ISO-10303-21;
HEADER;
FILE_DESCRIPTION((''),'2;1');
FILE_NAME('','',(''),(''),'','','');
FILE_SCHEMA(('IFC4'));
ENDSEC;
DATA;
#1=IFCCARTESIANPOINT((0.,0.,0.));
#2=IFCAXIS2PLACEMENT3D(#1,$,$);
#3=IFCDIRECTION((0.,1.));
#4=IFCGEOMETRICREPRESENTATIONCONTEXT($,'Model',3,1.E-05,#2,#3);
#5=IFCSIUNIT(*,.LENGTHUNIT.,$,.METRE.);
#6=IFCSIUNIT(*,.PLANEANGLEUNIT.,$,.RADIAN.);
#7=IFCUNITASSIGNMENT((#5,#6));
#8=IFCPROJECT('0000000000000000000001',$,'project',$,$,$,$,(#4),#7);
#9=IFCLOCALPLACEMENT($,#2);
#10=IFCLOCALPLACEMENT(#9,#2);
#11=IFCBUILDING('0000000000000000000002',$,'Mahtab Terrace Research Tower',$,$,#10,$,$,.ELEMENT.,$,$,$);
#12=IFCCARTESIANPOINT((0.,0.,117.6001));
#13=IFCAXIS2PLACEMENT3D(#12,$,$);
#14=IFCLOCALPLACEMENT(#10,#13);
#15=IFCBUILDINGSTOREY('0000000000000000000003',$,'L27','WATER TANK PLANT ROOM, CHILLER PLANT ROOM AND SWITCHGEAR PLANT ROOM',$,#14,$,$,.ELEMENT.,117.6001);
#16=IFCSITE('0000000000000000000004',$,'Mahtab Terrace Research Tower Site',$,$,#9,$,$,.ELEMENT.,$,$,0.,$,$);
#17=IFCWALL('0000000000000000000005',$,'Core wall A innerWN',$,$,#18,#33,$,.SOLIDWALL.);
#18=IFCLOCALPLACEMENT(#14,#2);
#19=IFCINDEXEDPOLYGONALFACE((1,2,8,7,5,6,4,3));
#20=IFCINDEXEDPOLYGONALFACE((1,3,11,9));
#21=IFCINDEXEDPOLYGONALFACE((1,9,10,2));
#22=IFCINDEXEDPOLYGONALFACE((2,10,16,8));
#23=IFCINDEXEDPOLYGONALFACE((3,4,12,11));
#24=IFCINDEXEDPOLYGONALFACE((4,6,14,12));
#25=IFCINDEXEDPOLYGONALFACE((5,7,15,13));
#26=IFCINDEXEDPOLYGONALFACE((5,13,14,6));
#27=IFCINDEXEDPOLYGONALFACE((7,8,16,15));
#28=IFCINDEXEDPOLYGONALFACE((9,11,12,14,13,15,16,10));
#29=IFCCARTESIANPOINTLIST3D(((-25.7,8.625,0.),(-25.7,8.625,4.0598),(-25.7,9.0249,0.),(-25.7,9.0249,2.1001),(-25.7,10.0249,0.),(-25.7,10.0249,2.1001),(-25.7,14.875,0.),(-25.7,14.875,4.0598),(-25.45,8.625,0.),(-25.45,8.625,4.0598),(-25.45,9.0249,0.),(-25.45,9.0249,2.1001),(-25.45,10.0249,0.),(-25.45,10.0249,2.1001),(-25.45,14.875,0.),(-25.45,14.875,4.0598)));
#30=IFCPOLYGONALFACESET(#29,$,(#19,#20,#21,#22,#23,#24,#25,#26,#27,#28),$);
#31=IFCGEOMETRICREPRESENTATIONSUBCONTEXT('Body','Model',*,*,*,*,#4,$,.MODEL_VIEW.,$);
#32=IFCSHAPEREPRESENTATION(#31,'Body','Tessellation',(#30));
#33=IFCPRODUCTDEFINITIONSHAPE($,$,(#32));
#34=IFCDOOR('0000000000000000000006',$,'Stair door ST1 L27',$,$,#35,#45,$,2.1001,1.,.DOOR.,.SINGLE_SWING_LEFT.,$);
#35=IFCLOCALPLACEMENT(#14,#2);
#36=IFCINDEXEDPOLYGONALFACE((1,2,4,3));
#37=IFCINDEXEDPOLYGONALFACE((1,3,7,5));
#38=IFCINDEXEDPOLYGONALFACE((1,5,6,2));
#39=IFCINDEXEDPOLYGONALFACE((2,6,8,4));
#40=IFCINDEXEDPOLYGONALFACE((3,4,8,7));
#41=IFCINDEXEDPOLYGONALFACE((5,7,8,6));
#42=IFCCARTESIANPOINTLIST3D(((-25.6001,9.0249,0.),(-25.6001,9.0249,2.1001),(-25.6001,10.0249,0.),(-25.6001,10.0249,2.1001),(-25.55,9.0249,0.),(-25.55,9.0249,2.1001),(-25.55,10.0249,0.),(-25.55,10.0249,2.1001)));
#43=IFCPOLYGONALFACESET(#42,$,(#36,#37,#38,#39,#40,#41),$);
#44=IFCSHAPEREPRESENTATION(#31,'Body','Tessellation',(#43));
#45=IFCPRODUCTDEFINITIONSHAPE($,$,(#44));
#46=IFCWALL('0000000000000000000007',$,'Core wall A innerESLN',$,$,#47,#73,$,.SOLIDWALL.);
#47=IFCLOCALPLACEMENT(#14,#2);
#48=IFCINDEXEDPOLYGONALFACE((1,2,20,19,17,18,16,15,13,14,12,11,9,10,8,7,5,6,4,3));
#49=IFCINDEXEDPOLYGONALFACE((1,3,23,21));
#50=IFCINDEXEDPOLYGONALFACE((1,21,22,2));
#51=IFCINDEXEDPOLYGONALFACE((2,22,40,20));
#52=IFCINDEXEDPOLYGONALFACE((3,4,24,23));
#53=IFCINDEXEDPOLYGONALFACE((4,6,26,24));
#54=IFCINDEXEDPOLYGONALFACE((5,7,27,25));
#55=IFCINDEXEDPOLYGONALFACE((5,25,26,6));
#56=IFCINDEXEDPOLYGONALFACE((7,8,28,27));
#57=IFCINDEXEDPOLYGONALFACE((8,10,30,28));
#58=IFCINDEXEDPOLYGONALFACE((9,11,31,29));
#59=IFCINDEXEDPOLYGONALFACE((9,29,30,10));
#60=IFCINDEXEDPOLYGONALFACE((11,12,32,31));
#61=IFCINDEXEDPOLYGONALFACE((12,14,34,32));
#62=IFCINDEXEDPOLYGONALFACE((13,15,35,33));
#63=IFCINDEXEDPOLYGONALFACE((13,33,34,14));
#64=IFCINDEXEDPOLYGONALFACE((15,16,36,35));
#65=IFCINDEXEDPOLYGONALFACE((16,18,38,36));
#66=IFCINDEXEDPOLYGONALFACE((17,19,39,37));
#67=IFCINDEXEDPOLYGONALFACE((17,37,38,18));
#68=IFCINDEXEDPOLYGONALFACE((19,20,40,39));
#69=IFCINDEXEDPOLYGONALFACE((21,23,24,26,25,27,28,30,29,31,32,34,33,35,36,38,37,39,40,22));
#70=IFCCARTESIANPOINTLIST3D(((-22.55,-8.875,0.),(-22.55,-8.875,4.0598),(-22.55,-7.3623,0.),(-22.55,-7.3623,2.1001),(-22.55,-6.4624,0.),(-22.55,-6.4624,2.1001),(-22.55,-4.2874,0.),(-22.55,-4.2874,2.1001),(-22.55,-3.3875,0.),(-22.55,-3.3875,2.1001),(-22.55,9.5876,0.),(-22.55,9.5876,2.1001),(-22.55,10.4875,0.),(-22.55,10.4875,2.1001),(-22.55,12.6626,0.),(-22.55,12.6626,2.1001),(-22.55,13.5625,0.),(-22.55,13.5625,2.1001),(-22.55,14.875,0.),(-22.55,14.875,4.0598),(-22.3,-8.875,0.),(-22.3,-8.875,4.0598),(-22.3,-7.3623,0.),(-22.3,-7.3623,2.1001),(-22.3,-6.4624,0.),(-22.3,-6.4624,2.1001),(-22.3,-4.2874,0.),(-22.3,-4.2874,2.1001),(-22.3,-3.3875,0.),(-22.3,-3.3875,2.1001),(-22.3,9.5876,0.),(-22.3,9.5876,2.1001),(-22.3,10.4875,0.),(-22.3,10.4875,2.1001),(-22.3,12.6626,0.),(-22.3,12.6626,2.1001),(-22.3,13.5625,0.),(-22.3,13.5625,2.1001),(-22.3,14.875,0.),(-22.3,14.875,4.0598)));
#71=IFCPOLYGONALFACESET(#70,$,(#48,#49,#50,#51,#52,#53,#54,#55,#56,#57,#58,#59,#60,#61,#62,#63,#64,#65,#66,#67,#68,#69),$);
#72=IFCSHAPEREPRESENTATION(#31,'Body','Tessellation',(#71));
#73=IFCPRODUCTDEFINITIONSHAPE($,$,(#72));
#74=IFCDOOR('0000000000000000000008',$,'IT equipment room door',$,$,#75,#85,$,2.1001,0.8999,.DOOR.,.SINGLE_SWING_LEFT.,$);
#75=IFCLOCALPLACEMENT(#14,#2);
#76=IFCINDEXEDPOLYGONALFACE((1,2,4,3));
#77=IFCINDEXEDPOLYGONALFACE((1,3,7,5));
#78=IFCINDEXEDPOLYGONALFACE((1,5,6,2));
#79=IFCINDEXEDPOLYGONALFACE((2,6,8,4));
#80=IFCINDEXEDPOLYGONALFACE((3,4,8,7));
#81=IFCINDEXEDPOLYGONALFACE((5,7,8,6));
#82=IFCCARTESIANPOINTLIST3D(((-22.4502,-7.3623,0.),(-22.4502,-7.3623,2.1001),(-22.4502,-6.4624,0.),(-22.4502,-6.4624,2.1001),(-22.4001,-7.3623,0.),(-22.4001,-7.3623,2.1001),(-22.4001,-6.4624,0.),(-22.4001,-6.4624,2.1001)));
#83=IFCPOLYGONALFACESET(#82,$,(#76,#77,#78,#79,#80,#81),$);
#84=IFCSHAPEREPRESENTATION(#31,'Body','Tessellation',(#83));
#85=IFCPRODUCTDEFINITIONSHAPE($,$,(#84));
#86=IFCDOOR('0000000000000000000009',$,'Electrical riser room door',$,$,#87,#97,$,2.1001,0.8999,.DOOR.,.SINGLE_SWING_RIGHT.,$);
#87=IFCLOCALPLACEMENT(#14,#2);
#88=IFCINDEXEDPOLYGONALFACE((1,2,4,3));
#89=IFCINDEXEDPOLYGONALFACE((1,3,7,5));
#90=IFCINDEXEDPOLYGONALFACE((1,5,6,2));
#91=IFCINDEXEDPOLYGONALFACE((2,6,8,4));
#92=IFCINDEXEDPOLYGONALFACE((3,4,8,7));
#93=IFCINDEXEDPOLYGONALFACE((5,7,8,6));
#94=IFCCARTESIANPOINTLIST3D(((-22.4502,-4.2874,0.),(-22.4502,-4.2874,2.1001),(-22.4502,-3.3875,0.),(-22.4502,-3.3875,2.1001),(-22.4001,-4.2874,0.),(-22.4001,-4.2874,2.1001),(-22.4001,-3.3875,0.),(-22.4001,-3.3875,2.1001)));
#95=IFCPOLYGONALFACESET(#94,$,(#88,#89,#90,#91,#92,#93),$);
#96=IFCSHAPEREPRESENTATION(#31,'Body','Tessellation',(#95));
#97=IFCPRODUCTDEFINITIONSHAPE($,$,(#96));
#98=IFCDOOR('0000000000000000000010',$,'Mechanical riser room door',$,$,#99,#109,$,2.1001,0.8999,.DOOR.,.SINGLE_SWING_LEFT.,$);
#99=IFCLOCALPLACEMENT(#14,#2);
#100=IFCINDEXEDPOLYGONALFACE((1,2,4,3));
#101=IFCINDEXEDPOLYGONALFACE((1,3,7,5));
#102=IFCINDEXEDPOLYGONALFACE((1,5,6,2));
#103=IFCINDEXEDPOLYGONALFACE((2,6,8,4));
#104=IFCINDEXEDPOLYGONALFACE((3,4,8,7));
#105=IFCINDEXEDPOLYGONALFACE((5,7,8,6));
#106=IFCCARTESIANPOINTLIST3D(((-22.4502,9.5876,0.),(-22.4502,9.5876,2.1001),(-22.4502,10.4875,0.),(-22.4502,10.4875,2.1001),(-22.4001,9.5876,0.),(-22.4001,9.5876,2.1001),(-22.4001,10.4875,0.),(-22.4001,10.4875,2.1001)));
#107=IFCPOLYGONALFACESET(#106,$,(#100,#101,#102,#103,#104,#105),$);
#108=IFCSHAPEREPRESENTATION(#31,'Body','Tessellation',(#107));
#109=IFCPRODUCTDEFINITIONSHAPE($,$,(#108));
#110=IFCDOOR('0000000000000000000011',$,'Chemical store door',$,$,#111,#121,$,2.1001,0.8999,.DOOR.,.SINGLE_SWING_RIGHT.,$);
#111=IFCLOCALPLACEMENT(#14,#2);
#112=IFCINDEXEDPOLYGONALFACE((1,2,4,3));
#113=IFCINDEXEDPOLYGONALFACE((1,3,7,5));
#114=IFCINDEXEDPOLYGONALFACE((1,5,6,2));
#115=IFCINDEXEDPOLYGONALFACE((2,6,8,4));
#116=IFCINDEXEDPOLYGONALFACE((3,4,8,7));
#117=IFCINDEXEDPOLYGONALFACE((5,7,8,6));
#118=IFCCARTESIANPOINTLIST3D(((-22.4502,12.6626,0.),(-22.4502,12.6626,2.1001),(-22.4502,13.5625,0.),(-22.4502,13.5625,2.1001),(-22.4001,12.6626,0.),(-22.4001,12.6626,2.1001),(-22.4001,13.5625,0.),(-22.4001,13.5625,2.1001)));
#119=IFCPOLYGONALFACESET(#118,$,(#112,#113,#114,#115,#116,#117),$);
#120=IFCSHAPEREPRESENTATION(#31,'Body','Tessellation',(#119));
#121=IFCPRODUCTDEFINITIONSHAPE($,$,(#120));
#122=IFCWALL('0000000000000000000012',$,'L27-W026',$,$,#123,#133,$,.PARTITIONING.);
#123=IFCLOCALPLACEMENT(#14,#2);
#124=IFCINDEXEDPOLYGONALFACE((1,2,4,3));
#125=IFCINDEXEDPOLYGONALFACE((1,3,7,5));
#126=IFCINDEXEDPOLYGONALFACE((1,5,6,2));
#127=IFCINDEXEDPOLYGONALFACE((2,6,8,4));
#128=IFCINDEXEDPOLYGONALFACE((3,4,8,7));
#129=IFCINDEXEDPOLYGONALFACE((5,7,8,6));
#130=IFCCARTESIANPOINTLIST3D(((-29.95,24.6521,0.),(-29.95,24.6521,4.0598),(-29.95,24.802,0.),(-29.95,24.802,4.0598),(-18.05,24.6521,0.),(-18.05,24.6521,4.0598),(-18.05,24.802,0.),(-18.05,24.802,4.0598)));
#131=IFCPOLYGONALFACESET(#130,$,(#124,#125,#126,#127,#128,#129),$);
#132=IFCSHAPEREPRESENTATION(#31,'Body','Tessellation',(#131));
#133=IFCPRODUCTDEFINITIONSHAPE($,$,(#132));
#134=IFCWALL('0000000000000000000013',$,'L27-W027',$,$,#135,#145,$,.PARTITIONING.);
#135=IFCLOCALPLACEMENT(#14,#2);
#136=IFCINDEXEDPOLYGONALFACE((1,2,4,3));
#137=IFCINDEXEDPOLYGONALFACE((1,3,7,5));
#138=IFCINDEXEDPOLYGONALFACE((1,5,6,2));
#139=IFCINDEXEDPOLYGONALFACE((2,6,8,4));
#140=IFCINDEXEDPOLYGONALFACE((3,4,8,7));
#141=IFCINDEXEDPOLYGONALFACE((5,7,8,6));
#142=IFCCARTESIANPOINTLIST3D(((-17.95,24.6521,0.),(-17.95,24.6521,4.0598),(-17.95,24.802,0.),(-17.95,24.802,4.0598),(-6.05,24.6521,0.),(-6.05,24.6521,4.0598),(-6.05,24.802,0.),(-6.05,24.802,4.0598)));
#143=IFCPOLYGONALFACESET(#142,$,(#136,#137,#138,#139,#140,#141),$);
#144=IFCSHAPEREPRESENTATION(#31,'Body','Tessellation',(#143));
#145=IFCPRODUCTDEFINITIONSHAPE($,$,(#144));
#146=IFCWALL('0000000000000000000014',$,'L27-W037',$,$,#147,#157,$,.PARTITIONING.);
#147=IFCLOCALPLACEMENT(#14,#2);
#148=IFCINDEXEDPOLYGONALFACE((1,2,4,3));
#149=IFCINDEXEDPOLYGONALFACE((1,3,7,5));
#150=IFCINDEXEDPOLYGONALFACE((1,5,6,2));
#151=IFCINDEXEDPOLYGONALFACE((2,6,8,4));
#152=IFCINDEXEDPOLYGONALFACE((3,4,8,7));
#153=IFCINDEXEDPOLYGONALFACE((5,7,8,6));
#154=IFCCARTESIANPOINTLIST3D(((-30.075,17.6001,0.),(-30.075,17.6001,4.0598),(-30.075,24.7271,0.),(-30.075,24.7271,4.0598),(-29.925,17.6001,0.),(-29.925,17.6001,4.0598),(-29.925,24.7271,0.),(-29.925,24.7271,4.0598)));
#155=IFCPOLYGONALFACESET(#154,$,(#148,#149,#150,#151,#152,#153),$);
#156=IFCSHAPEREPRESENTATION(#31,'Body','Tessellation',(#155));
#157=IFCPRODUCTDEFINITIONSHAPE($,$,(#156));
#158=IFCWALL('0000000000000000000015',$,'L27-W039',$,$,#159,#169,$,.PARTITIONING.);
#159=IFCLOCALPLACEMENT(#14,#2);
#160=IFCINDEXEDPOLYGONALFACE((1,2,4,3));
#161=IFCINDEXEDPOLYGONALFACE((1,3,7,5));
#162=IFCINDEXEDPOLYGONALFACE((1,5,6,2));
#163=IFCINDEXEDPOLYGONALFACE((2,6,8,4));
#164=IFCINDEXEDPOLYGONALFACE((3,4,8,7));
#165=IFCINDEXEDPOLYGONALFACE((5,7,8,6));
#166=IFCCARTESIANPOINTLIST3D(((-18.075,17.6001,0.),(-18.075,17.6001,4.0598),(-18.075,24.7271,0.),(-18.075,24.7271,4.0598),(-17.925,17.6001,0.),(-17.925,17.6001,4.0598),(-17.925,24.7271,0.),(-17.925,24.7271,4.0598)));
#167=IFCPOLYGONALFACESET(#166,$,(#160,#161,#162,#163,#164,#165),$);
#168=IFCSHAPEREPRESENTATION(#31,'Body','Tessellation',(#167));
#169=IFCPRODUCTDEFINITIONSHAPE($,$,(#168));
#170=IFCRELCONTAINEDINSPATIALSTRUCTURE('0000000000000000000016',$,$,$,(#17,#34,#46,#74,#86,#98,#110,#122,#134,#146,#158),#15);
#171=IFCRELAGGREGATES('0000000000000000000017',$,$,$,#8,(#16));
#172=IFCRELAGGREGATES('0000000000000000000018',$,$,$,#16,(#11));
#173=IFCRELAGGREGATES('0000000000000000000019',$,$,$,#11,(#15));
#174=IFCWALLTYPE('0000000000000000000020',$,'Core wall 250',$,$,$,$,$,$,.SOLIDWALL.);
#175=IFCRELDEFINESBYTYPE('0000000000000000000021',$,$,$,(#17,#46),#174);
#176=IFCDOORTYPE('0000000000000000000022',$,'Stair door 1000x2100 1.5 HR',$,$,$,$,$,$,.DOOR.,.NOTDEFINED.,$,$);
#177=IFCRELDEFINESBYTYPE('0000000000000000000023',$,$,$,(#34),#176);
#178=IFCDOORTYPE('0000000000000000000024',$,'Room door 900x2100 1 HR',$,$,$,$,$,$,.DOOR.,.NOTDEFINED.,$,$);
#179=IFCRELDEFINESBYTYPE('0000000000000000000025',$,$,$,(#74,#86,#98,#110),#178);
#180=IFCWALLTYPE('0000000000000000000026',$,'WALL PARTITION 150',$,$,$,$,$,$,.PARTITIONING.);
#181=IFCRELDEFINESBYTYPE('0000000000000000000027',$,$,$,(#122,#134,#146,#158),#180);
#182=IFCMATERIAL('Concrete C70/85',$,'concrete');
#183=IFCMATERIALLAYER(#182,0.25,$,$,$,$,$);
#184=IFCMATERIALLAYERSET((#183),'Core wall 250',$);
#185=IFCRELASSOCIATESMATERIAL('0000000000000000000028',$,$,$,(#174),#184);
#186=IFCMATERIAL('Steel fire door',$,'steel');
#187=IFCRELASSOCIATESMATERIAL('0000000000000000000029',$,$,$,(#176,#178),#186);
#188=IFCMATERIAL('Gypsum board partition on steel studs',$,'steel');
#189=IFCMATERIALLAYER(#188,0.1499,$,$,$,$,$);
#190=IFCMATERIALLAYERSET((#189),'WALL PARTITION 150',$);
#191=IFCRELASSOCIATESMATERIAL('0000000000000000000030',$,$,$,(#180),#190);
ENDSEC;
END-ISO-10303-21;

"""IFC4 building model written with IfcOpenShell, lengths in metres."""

from ifc_helpers import new_model, si_unit, direction, frame, frame_2d, origin, place, context, subcontext, project, spatial, rectangle, extrude, material, layer, layer_set, type_object, element, fill, save


model = new_model("IFC4")

# Units and contexts
model_context = context("Model", 3, precision=1e-05, world=origin(), true_north=direction((0.0, 1.0)))
body_context = subcontext(model_context, "Body", "Model", "MODEL_VIEW")
ifc_project = project(units=[si_unit("LENGTHUNIT", "METRE"), si_unit("PLANEANGLEUNIT", "RADIAN")], contexts=[model_context])

# Site, building, storey
site_placement = place(None, origin())
site = spatial("IfcSite", under=ifc_project, at=site_placement, Name="Mahtab Terrace Research Tower Site", CompositionType="ELEMENT", RefElevation=0.0)
building_placement = place(site_placement, origin())
building = spatial("IfcBuilding", under=site, at=building_placement, Name="Mahtab Terrace Research Tower", CompositionType="ELEMENT")
storey_placement = place(building_placement, frame((0.0, 0.0, 117.6001)))
storey = spatial("IfcBuildingStorey", under=building, at=storey_placement, Name="L27", Description="WATER TANK PLANT ROOM, CHILLER PLANT ROOM AND SWITCHGEAR PLANT ROOM", CompositionType="ELEMENT", Elevation=117.6001)

# Shared definitions
ifc_material_1 = material(Name="Concrete C70/85", Category="concrete")

# Shared definitions
ifc_layer_1 = layer(ifc_material_1, 0.25)
ifc_layer_set_1 = layer_set([ifc_layer_1], Name="Core wall 250")
wall_type_1 = type_object("IfcWallType", Name="Core wall 250", PredefinedType="SOLIDWALL", material=ifc_layer_set_1)

# Wall, opening, door
ifc_material_2 = material(Name="Steel fire door", Category="steel")
wall_1_placement = place(storey_placement, frame((-25.575, 14.875, 0.0), z_axis=(0.0, 0.0, 1.0), x_axis=(0.0, -1.0, 0.0)))
wall_1 = element("IfcWall", 1, at=wall_1_placement, inside=storey, type_object=wall_type_1, Name="Core wall A innerWN", PredefinedType="SOLIDWALL", context=body_context, shape_type="SweptSolid", body=[
    extrude(rectangle(XDim=6.25, YDim=0.25, at=frame_2d((3.125, 0.0))), origin(), (0.0, 0.0, 1.0), 4.0598),
])
opening_1_placement = place(wall_1_placement, frame((4.8501, 0.0, 0.0)))
opening_1 = element("IfcOpeningElement", 2, at=opening_1_placement, cuts=wall_1, PredefinedType="OPENING", context=body_context, shape_type="SweptSolid", body=[
    extrude(rectangle(XDim=1.0, YDim=2.1001, at=frame_2d((0.5, 1.05))), frame((0.0, 0.135, 0.0), z_axis=(0.0, -1.0, 0.0), x_axis=(1.0, 0.0, 0.0)), (0.0, 0.0, 1.0), 0.27),
])
door_type_1 = type_object("IfcDoorType", Name="Stair door 1000x2100 1.5 HR", OperationType="NOTDEFINED", PredefinedType="DOOR", material=ifc_material_2)
door_1_placement = place(opening_1_placement, origin())
door_1 = element("IfcDoor", 3, at=door_1_placement, inside=storey, type_object=door_type_1, Name="Stair door ST1 L27", OperationType="SINGLE_SWING_LEFT", OverallHeight=2.1001, OverallWidth=1.0, PredefinedType="DOOR", context=body_context, shape_type="SweptSolid", body=[
    extrude(rectangle(XDim=1.0, YDim=2.1001, at=frame_2d((0.5, 1.05))), frame((0.0, 0.0249, 0.0), z_axis=(0.0, -1.0, 0.0), x_axis=(1.0, 0.0, 0.0)), (0.0, 0.0, 1.0), 0.05),
])
fill(opening_1, door_1)

# Wall, openings, doors
wall_2_placement = place(storey_placement, frame((-22.425, 14.875, 0.0), z_axis=(0.0, 0.0, 1.0), x_axis=(0.0, -1.0, 0.0)))
wall_2 = element("IfcWall", 4, at=wall_2_placement, inside=storey, type_object=wall_type_1, Name="Core wall A innerESLN", PredefinedType="SOLIDWALL", context=body_context, shape_type="SweptSolid", body=[
    extrude(rectangle(XDim=23.75, YDim=0.25, at=frame_2d((11.875, 0.0))), origin(), (0.0, 0.0, 1.0), 4.0598),
])
opening_2_placement = place(wall_2_placement, frame((21.3374, 0.0, 0.0)))
opening_2 = element("IfcOpeningElement", 5, at=opening_2_placement, cuts=wall_2, PredefinedType="OPENING", context=body_context, shape_type="SweptSolid", body=[
    extrude(rectangle(XDim=0.8999, YDim=2.1001, at=frame_2d((0.45, 1.05))), frame((0.0, 0.135, 0.0), z_axis=(0.0, -1.0, 0.0), x_axis=(1.0, 0.0, 0.0)), (0.0, 0.0, 1.0), 0.27),
])
opening_3_placement = place(wall_2_placement, frame((18.2625, 0.0, 0.0)))
opening_3 = element("IfcOpeningElement", 6, at=opening_3_placement, cuts=wall_2, PredefinedType="OPENING", context=body_context, shape_type="SweptSolid", body=[
    extrude(rectangle(XDim=0.8999, YDim=2.1001, at=frame_2d((0.45, 1.05))), frame((0.0, 0.135, 0.0), z_axis=(0.0, -1.0, 0.0), x_axis=(1.0, 0.0, 0.0)), (0.0, 0.0, 1.0), 0.27),
])
opening_4_placement = place(wall_2_placement, frame((4.3875, 0.0, 0.0)))
opening_4 = element("IfcOpeningElement", 7, at=opening_4_placement, cuts=wall_2, PredefinedType="OPENING", context=body_context, shape_type="SweptSolid", body=[
    extrude(rectangle(XDim=0.8999, YDim=2.1001, at=frame_2d((0.45, 1.05))), frame((0.0, 0.135, 0.0), z_axis=(0.0, -1.0, 0.0), x_axis=(1.0, 0.0, 0.0)), (0.0, 0.0, 1.0), 0.27),
])
opening_5_placement = place(wall_2_placement, frame((1.3125, 0.0, 0.0)))
opening_5 = element("IfcOpeningElement", 8, at=opening_5_placement, cuts=wall_2, PredefinedType="OPENING", context=body_context, shape_type="SweptSolid", body=[
    extrude(rectangle(XDim=0.8999, YDim=2.1001, at=frame_2d((0.45, 1.05))), frame((0.0, 0.135, 0.0), z_axis=(0.0, -1.0, 0.0), x_axis=(1.0, 0.0, 0.0)), (0.0, 0.0, 1.0), 0.27),
])
door_type_2 = type_object("IfcDoorType", Name="Room door 900x2100 1 HR", OperationType="NOTDEFINED", PredefinedType="DOOR", material=ifc_material_2)
door_2_placement = place(opening_2_placement, origin())
door_2 = element("IfcDoor", 9, at=door_2_placement, inside=storey, type_object=door_type_2, Name="IT equipment room door", OperationType="SINGLE_SWING_LEFT", OverallHeight=2.1001, OverallWidth=0.8999, PredefinedType="DOOR", context=body_context, shape_type="SweptSolid", body=[
    extrude(rectangle(XDim=0.8999, YDim=2.1001, at=frame_2d((0.45, 1.05))), frame((0.0, 0.0249, 0.0), z_axis=(0.0, -1.0, 0.0), x_axis=(1.0, 0.0, 0.0)), (0.0, 0.0, 1.0), 0.05),
])
fill(opening_2, door_2)
door_3_placement = place(opening_3_placement, origin())
door_3 = element("IfcDoor", 10, at=door_3_placement, inside=storey, type_object=door_type_2, Name="Electrical riser room door", OperationType="SINGLE_SWING_RIGHT", OverallHeight=2.1001, OverallWidth=0.8999, PredefinedType="DOOR", context=body_context, shape_type="SweptSolid", body=[
    extrude(rectangle(XDim=0.8999, YDim=2.1001, at=frame_2d((0.45, 1.05))), frame((0.0, 0.0249, 0.0), z_axis=(0.0, -1.0, 0.0), x_axis=(1.0, 0.0, 0.0)), (0.0, 0.0, 1.0), 0.05),
])
fill(opening_3, door_3)
door_4_placement = place(opening_4_placement, origin())
door_4 = element("IfcDoor", 11, at=door_4_placement, inside=storey, type_object=door_type_2, Name="Mechanical riser room door", OperationType="SINGLE_SWING_LEFT", OverallHeight=2.1001, OverallWidth=0.8999, PredefinedType="DOOR", context=body_context, shape_type="SweptSolid", body=[
    extrude(rectangle(XDim=0.8999, YDim=2.1001, at=frame_2d((0.45, 1.05))), frame((0.0, 0.0249, 0.0), z_axis=(0.0, -1.0, 0.0), x_axis=(1.0, 0.0, 0.0)), (0.0, 0.0, 1.0), 0.05),
])
fill(opening_4, door_4)
door_5_placement = place(opening_5_placement, origin())
door_5 = element("IfcDoor", 12, at=door_5_placement, inside=storey, type_object=door_type_2, Name="Chemical store door", OperationType="SINGLE_SWING_RIGHT", OverallHeight=2.1001, OverallWidth=0.8999, PredefinedType="DOOR", context=body_context, shape_type="SweptSolid", body=[
    extrude(rectangle(XDim=0.8999, YDim=2.1001, at=frame_2d((0.45, 1.05))), frame((0.0, 0.0249, 0.0), z_axis=(0.0, -1.0, 0.0), x_axis=(1.0, 0.0, 0.0)), (0.0, 0.0, 1.0), 0.05),
])
fill(opening_5, door_5)

# Walls
ifc_material_3 = material(Name="Gypsum board partition on steel studs", Category="steel")
ifc_layer_2 = layer(ifc_material_3, 0.1499)
ifc_layer_set_2 = layer_set([ifc_layer_2], Name="WALL PARTITION 150")
wall_type_2 = type_object("IfcWallType", Name="WALL PARTITION 150", PredefinedType="PARTITIONING", material=ifc_layer_set_2)
for number, where, z_axis, x_axis, name in (
    (13, (-29.95, 24.7271, 0.0), (0.0, 0.0, 1.0), (1.0, 0.0, 0.0), "L27-W026"),
    (14, (-17.95, 24.7271, 0.0), (0.0, 0.0, 1.0), (1.0, 0.0, 0.0), "L27-W027"),
):
    element("IfcWall", number, at=place(storey_placement, frame(where, z_axis=z_axis, x_axis=x_axis)), inside=storey, type_object=wall_type_2, Name=name, PredefinedType="PARTITIONING", context=body_context, shape_type="SweptSolid", body=[
        extrude(rectangle(XDim=11.8999, YDim=0.1499, at=frame_2d((5.95, 0.0))), origin(), (0.0, 0.0, 1.0), 4.0598),
    ])
for number, where, z_axis, x_axis, name in (
    (15, (-30.0, 17.6001, 0.0), (0.0, 0.0, 1.0), (0.0, 1.0, 0.0), "L27-W037"),
    (16, (-18.0, 17.6001, 0.0), (0.0, 0.0, 1.0), (0.0, 1.0, 0.0), "L27-W039"),
):
    element("IfcWall", number, at=place(storey_placement, frame(where, z_axis=z_axis, x_axis=x_axis)), inside=storey, type_object=wall_type_2, Name=name, PredefinedType="PARTITIONING", context=body_context, shape_type="SweptSolid", body=[
        extrude(rectangle(XDim=7.127, YDim=0.1499, at=frame_2d((3.5635, 0.0))), origin(), (0.0, 0.0, 1.0), 4.0598),
    ])

save(model, "model.ifc")
